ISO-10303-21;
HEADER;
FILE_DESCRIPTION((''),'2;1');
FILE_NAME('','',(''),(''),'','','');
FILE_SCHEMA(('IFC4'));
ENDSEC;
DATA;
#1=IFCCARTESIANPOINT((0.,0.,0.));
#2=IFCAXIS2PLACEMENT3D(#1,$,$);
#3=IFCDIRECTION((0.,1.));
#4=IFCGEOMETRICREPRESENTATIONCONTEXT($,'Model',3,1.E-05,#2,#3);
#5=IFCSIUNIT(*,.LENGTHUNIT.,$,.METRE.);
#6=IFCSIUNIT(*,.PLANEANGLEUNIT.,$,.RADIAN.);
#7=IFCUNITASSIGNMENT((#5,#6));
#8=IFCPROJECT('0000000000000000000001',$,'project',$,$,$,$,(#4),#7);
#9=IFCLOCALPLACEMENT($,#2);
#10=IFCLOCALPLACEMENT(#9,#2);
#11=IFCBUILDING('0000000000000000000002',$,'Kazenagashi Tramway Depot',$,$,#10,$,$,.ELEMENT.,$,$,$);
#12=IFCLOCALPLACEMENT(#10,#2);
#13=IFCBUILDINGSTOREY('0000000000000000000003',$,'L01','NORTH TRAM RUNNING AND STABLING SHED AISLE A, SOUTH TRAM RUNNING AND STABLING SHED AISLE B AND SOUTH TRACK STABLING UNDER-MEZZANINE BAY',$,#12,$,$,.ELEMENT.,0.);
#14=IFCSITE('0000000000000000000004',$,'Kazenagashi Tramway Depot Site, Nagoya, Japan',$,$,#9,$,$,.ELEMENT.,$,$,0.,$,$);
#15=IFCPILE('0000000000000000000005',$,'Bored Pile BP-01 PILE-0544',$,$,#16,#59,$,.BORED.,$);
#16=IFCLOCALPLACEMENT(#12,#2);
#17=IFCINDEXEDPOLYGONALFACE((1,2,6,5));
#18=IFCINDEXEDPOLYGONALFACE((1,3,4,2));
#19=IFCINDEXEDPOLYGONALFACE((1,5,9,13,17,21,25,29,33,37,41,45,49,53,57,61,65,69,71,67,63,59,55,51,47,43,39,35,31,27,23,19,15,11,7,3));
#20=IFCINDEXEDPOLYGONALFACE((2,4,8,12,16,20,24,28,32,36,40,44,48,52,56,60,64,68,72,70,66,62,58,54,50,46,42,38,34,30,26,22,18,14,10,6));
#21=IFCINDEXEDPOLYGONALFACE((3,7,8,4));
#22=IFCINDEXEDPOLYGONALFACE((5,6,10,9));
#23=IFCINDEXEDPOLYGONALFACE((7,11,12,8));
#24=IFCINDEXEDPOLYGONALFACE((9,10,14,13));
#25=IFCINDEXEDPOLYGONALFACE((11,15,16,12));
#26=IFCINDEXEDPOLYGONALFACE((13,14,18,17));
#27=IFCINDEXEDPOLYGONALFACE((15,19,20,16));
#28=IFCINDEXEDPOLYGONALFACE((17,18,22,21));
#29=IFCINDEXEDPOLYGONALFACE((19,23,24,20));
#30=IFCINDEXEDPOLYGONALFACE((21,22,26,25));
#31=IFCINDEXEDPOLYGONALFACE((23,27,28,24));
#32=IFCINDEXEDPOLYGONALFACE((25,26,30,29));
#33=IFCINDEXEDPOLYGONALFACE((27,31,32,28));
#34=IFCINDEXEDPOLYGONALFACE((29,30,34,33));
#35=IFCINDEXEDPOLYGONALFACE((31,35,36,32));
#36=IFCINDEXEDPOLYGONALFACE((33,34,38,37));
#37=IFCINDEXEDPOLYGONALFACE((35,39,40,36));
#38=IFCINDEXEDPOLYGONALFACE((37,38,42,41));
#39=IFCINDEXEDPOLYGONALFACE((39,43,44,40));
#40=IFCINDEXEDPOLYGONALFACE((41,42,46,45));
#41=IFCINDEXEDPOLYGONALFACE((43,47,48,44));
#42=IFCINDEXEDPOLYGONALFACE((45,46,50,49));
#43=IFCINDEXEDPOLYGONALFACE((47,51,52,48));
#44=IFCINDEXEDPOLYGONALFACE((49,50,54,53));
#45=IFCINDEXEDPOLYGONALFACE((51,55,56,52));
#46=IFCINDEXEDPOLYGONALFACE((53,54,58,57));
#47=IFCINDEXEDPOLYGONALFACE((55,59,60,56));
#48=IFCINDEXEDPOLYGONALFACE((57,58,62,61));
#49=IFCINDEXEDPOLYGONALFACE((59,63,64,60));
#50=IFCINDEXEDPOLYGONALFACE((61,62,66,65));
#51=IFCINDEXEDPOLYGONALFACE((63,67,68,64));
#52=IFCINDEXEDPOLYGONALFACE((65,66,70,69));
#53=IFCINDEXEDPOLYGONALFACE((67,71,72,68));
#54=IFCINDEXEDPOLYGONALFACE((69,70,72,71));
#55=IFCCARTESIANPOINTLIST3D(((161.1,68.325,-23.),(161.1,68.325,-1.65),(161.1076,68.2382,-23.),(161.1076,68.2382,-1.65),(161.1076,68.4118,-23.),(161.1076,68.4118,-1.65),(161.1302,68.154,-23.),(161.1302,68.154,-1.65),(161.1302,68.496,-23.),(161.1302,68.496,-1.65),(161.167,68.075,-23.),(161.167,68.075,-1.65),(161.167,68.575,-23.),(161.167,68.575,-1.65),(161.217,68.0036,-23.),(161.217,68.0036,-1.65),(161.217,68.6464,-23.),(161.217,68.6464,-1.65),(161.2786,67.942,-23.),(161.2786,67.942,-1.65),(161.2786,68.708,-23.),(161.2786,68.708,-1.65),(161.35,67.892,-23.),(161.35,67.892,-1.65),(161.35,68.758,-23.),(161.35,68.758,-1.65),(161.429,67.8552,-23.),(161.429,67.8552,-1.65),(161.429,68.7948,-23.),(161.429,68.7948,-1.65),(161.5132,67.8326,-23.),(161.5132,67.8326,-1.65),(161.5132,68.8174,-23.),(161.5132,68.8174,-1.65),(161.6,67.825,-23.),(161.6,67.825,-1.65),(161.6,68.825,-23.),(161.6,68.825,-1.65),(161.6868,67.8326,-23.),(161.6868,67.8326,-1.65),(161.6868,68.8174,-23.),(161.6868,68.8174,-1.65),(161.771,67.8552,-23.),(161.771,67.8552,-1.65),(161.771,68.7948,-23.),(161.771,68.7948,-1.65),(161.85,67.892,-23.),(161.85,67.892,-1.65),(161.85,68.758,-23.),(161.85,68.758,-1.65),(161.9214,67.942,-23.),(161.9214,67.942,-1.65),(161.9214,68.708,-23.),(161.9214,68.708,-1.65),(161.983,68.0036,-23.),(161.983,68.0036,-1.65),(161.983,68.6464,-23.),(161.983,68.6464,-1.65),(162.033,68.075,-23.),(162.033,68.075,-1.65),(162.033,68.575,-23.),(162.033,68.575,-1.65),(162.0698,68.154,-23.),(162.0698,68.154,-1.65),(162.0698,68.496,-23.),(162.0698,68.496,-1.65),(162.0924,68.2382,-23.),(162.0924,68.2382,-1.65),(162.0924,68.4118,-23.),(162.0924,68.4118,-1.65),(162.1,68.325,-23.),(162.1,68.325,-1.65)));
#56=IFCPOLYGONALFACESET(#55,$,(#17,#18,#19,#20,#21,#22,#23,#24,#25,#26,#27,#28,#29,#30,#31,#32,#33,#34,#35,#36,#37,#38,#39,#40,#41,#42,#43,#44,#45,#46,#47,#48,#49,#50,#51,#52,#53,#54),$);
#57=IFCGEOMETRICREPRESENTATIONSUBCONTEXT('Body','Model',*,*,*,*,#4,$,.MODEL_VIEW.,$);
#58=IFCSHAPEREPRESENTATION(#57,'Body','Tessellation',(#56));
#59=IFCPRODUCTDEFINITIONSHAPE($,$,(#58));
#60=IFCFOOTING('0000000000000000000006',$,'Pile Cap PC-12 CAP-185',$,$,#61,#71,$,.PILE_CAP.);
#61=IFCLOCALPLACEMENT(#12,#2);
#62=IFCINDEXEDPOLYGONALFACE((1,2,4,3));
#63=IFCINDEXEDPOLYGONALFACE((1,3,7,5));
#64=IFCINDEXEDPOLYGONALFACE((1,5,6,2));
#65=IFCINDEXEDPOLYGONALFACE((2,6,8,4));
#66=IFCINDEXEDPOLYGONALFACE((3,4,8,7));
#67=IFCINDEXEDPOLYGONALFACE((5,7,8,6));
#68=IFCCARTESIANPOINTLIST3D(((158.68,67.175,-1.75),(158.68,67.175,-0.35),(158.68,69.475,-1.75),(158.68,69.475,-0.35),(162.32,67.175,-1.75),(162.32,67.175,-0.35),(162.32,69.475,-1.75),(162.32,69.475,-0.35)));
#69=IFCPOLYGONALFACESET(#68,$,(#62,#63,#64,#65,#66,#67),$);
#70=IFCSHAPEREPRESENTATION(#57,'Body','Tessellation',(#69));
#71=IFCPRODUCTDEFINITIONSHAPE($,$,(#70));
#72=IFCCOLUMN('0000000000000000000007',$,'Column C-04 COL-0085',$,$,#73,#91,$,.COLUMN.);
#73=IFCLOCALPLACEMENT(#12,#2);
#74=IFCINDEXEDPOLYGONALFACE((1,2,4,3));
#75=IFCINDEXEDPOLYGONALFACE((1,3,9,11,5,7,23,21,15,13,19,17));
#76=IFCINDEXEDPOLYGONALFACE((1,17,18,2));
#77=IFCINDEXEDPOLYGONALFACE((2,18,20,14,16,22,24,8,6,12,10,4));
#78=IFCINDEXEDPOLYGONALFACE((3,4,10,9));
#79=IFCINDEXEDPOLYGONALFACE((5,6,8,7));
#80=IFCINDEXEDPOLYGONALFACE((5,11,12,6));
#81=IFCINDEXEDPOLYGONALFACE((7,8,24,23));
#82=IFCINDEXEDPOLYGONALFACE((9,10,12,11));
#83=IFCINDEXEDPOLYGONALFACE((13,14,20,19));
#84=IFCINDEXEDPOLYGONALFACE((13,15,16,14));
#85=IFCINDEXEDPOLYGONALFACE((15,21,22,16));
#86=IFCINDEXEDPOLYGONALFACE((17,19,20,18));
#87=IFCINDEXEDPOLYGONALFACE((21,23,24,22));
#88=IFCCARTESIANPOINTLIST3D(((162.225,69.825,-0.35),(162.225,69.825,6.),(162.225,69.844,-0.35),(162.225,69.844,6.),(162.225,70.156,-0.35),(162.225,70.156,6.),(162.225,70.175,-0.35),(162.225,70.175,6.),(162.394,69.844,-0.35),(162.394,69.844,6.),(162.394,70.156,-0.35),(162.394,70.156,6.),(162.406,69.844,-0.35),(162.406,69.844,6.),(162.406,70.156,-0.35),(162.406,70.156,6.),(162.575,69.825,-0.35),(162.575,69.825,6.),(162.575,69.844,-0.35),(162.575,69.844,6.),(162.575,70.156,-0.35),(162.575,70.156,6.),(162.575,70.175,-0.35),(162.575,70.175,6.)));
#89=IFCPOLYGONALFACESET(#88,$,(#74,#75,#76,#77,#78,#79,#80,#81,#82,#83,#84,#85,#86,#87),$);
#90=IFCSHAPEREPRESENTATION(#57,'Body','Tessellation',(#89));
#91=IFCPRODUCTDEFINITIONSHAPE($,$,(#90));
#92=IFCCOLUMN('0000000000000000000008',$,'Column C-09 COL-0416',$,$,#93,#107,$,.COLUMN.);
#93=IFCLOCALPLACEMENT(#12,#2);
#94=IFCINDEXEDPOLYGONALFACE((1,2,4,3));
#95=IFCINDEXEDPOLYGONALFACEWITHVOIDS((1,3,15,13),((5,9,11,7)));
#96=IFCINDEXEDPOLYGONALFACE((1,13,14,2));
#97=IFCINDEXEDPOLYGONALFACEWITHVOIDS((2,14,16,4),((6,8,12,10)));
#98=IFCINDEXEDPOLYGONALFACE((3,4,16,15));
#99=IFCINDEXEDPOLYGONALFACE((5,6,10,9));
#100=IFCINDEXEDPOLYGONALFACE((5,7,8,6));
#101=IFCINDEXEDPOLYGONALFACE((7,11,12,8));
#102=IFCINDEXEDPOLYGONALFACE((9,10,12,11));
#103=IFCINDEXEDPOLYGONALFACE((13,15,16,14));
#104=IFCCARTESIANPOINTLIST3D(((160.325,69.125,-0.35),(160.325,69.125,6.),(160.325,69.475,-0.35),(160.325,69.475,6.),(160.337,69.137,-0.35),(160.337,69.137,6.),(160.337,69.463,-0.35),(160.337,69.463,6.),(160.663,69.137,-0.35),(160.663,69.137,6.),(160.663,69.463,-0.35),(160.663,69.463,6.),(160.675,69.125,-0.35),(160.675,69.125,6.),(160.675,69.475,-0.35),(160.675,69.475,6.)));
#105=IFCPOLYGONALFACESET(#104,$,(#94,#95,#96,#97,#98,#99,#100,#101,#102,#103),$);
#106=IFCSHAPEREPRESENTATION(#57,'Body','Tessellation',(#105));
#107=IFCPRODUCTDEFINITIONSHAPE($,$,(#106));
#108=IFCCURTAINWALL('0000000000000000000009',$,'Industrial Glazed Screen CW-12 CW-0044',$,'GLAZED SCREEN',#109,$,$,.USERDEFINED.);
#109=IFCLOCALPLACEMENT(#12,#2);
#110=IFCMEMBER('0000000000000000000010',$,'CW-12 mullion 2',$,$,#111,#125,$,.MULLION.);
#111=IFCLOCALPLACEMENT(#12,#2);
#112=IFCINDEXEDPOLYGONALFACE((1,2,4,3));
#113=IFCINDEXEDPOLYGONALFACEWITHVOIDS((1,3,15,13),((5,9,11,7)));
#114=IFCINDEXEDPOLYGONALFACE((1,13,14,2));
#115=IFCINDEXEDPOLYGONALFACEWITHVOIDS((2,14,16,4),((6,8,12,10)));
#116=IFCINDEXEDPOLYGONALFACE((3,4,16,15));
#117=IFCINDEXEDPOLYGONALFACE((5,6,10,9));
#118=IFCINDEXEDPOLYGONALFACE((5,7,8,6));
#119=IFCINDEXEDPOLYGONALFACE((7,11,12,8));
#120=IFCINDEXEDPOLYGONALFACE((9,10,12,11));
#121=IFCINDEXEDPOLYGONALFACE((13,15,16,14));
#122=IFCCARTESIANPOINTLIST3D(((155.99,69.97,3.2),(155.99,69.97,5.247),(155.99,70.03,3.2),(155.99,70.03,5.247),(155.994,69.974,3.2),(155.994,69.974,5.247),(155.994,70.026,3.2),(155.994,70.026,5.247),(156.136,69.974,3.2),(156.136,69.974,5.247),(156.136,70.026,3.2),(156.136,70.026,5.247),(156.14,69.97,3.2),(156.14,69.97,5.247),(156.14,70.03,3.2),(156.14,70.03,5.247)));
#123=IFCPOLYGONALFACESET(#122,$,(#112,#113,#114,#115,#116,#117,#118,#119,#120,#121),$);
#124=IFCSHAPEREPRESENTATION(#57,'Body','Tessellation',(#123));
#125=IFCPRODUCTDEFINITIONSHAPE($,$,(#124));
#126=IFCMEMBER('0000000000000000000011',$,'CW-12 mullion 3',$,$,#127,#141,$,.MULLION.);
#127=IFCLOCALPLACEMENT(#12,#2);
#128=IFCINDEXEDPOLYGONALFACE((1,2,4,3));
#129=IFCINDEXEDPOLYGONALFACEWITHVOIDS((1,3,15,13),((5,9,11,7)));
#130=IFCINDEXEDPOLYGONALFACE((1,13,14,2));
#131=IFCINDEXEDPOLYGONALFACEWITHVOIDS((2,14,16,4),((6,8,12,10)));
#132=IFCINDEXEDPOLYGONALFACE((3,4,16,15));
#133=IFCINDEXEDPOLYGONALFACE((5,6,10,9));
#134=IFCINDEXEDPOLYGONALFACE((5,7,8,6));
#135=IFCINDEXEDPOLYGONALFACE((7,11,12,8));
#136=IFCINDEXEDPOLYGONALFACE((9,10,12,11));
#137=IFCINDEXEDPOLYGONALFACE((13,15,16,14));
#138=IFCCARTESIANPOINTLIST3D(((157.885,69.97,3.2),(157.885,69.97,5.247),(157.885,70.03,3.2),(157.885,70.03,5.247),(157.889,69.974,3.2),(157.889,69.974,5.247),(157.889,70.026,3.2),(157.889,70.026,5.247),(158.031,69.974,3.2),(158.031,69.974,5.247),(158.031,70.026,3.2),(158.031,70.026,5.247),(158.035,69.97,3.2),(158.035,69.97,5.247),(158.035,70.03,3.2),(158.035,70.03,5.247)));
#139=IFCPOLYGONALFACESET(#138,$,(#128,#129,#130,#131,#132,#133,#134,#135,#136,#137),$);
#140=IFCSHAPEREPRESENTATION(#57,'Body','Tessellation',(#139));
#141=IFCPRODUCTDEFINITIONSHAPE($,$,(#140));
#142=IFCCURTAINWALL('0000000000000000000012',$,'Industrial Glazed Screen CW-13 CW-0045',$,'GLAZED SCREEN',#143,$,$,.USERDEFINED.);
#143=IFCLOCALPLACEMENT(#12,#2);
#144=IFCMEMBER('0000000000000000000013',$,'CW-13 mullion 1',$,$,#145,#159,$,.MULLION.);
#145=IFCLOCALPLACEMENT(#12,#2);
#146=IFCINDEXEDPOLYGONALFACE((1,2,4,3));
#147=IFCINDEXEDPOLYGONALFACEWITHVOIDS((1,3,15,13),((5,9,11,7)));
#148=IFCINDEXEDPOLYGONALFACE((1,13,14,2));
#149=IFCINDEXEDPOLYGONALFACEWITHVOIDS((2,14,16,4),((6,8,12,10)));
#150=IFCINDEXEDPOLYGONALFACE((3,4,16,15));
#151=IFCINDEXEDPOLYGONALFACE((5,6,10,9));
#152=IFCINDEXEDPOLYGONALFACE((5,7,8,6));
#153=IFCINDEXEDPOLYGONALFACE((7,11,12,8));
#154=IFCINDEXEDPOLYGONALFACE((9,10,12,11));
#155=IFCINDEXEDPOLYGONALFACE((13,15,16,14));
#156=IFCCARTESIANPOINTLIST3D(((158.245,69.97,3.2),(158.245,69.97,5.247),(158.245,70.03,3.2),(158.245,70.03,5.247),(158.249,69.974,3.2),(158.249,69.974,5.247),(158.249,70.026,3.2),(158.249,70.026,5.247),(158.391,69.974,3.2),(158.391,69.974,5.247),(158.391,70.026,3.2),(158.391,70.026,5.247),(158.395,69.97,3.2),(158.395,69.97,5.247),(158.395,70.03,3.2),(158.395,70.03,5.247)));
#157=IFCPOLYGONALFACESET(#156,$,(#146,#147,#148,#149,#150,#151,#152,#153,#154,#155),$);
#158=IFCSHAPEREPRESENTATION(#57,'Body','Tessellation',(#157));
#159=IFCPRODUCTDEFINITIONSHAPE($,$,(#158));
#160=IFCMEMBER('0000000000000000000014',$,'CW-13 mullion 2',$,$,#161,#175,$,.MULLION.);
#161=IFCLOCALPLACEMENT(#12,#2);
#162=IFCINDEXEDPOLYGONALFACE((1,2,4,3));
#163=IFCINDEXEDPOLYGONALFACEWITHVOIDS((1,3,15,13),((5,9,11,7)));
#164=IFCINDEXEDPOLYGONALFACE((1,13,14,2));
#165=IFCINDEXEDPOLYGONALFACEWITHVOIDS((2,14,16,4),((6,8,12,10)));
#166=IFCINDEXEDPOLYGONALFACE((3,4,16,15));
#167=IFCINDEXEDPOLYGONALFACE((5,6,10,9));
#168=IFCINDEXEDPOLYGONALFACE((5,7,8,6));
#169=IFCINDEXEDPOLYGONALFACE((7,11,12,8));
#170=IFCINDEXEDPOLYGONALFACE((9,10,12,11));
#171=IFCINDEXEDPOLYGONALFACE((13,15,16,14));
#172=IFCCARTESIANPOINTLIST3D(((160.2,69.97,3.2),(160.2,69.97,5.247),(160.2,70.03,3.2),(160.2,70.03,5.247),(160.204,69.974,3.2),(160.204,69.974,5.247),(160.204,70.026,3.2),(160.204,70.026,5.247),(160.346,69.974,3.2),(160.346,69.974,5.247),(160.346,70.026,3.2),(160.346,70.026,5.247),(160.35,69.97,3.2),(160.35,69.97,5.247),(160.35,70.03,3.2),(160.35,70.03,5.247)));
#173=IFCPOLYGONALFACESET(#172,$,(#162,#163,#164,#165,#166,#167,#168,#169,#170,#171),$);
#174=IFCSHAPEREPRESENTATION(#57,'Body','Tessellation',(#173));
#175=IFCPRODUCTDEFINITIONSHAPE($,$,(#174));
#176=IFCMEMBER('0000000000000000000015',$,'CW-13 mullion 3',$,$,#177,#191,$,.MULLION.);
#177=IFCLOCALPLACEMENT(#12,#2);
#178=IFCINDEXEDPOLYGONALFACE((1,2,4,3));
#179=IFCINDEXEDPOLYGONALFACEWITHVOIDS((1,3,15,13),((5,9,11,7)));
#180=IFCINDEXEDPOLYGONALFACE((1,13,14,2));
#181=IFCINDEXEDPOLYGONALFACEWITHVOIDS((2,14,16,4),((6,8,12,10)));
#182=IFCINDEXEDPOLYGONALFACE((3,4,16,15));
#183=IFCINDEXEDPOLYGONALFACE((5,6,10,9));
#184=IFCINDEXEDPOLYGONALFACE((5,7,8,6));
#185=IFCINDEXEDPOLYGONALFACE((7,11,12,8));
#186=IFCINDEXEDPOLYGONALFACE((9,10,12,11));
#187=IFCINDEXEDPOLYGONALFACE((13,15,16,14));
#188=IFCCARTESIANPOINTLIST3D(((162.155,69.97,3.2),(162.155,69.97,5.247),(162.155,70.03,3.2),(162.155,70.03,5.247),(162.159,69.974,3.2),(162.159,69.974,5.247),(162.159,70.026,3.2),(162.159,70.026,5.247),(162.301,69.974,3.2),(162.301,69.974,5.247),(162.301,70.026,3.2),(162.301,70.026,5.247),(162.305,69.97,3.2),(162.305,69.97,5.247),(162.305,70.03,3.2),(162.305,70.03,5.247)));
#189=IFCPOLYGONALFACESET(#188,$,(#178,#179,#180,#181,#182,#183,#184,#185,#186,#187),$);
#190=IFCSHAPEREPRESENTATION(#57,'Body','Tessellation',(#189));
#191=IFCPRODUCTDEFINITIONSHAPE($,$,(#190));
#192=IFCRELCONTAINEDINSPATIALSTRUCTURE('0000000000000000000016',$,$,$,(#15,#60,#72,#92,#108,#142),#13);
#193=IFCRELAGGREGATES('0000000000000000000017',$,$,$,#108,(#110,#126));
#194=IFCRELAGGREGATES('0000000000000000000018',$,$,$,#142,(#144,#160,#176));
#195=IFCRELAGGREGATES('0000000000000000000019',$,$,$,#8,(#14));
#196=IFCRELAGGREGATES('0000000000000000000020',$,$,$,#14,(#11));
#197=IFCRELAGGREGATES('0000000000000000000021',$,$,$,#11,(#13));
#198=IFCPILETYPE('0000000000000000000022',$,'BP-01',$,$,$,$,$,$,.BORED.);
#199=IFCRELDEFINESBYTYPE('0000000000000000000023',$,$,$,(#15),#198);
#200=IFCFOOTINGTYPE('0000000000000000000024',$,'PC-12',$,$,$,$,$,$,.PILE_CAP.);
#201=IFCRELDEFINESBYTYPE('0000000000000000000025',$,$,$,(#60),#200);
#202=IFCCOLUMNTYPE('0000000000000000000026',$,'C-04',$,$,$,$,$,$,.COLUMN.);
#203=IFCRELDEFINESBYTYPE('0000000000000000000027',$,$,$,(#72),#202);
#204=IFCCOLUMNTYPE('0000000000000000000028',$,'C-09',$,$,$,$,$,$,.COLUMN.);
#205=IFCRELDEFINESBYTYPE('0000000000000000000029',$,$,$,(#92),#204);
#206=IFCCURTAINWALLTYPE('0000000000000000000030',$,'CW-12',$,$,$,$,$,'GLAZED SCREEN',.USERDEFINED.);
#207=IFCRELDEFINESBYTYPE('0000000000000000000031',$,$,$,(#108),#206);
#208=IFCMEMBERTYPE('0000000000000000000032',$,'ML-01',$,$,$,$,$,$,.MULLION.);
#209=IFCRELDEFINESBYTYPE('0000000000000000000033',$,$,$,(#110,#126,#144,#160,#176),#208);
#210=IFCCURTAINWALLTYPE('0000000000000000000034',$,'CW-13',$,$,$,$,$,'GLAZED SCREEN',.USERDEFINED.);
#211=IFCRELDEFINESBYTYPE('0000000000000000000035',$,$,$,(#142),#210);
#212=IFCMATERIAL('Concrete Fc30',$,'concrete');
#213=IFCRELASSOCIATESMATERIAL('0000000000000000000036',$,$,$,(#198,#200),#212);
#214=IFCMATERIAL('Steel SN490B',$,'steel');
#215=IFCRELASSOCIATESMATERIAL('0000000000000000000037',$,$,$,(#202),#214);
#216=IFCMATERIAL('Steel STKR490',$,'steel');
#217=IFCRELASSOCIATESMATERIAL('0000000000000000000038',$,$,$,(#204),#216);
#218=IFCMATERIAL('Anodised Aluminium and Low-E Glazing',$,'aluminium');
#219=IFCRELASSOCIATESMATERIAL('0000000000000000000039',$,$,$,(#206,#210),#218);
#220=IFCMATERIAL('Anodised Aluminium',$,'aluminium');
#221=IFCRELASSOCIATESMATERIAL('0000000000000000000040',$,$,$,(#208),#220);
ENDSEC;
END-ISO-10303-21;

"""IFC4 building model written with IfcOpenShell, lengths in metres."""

from ifc_helpers import new_model, si_unit, direction, frame, origin, origin_2d, place, context, subcontext, project, spatial, rectangle, hollow_rectangle, circle, i_section, extrude, material, material_profile, profile_set, type_object, element, aggregate, save


model = new_model("IFC4")

# Units and contexts
model_context = context("Model", 3, precision=1e-05, world=origin(), true_north=direction((0.0, 1.0)))
body_context = subcontext(model_context, "Body", "Model", "MODEL_VIEW")
ifc_project = project(units=[si_unit("LENGTHUNIT", "METRE"), si_unit("PLANEANGLEUNIT", "RADIAN")], contexts=[model_context])

# Site, building, storey
site_placement = place(None, origin())
site = spatial("IfcSite", under=ifc_project, at=site_placement, Name="Kazenagashi Tramway Depot Site, Nagoya, Japan", CompositionType="ELEMENT", RefElevation=0.0)
building_placement = place(site_placement, origin())
building = spatial("IfcBuilding", under=site, at=building_placement, Name="Kazenagashi Tramway Depot", CompositionType="ELEMENT")
storey_placement = place(building_placement, origin())
storey = spatial("IfcBuildingStorey", under=building, at=storey_placement, Name="L01", Description="NORTH TRAM RUNNING AND STABLING SHED AISLE A, SOUTH TRAM RUNNING AND STABLING SHED AISLE B AND SOUTH TRACK STABLING UNDER-MEZZANINE BAY", CompositionType="ELEMENT", Elevation=0.0)

# Pile
ifc_material_1 = material(Name="Concrete Fc30", Category="concrete")
ifc_material_profile_1 = material_profile(ifc_material_1, circle(Radius=0.5, at=origin_2d()), Name="PILE-1000")
ifc_profile_set_1 = profile_set([ifc_material_profile_1], Name="Concrete Fc30")
pile_type = type_object("IfcPileType", Name="BP-01", PredefinedType="BORED", material=ifc_profile_set_1)
for number, where, z_axis, x_axis, name in (
    (1, (161.6, 68.325, -1.65), (0.0, 0.0, -1.0), (1.0, 0.0, 0.0), "Bored Pile BP-01 PILE-0544"),
):
    element("IfcPile", number, at=place(storey_placement, frame(where, z_axis=z_axis, x_axis=x_axis)), inside=storey, type_object=pile_type, Name=name, PredefinedType="BORED", context=body_context, shape_type="SweptSolid", body=[
        extrude(circle(Radius=0.5, at=origin_2d()), origin(), (0.0, 0.0, 1.0), 21.35),
    ])

# Footing
footing_type = type_object("IfcFootingType", Name="PC-12", PredefinedType="PILE_CAP", material=ifc_material_1)
footing_placement = place(storey_placement, frame((160.5, 68.325, -1.75), z_axis=(0.0, 0.0, 1.0), x_axis=(1.0, 0.0, 0.0)))
element("IfcFooting", 2, at=footing_placement, inside=storey, type_object=footing_type, Name="Pile Cap PC-12 CAP-185", PredefinedType="PILE_CAP", context=body_context, shape_type="SweptSolid", body=[
    extrude(rectangle(XDim=3.64, YDim=2.3, at=origin_2d()), origin(), (0.0, 0.0, 1.0), 1.4),
])

# Columns
ifc_material_2 = material(Name="Steel SN490B", Category="steel")
ifc_material_profile_2 = material_profile(ifc_material_2, i_section(OverallWidth=0.35, OverallDepth=0.35, WebThickness=0.012, FlangeThickness=0.019, at=origin_2d()), Name="H-350x350x12x19")
ifc_profile_set_2 = profile_set([ifc_material_profile_2], Name="Steel SN490B")
column_type_1 = type_object("IfcColumnType", Name="C-04", PredefinedType="COLUMN", material=ifc_profile_set_2)
column_1_placement = place(storey_placement, frame((162.4, 70.0, -0.35), z_axis=(0.0, 0.0, 1.0), x_axis=(1.0, 0.0, 0.0)))
element("IfcColumn", 3, at=column_1_placement, inside=storey, type_object=column_type_1, Name="Column C-04 COL-0085", PredefinedType="COLUMN", context=body_context, shape_type="SweptSolid", body=[
    extrude(i_section(OverallWidth=0.35, OverallDepth=0.35, WebThickness=0.012, FlangeThickness=0.019, at=origin_2d()), origin(), (0.0, 0.0, 1.0), 6.35),
])
ifc_material_3 = material(Name="Steel STKR490", Category="steel")
ifc_material_profile_3 = material_profile(ifc_material_3, hollow_rectangle(XDim=0.35, YDim=0.35, WallThickness=0.012, at=origin_2d()), Name="SHS-350x350x12")
ifc_profile_set_3 = profile_set([ifc_material_profile_3], Name="Steel STKR490")
column_type_2 = type_object("IfcColumnType", Name="C-09", PredefinedType="COLUMN", material=ifc_profile_set_3)
column_2_placement = place(storey_placement, frame((160.5, 69.3, -0.35), z_axis=(0.0, 0.0, 1.0), x_axis=(1.0, 0.0, 0.0)))
element("IfcColumn", 4, at=column_2_placement, inside=storey, type_object=column_type_2, Name="Column C-09 COL-0416", PredefinedType="COLUMN", context=body_context, shape_type="SweptSolid", body=[
    extrude(hollow_rectangle(XDim=0.35, YDim=0.35, WallThickness=0.012, at=origin_2d()), origin(), (0.0, 0.0, 1.0), 6.35),
])

# Curtain walls, members
ifc_material_4 = material(Name="Anodised Aluminium and Low-E Glazing", Category="aluminium")
curtain_wall_type_1 = type_object("IfcCurtainWallType", Name="CW-12", ElementType="GLAZED SCREEN", PredefinedType="USERDEFINED", material=ifc_material_4)
curtain_wall_1_placement = place(storey_placement, origin())
curtain_wall_1 = element("IfcCurtainWall", 5, at=curtain_wall_1_placement, inside=storey, type_object=curtain_wall_type_1, Name="Industrial Glazed Screen CW-12 CW-0044", ObjectType="GLAZED SCREEN", PredefinedType="USERDEFINED")
ifc_material_5 = material(Name="Anodised Aluminium", Category="aluminium")
ifc_material_profile_4 = material_profile(ifc_material_5, hollow_rectangle(XDim=0.06, YDim=0.15, WallThickness=0.004, at=origin_2d()), Name="RHS-150x60x4")
ifc_profile_set_4 = profile_set([ifc_material_profile_4], Name="Anodised Aluminium")
member_type_1 = type_object("IfcMemberType", Name="ML-01", PredefinedType="MULLION", material=ifc_profile_set_4)
member_1_placement = place(storey_placement, frame((156.065, 70.0, 3.2), z_axis=(0.0, 0.0, 1.0), x_axis=(0.0, 1.0, 0.0)))
member_1 = element("IfcMember", 6, at=member_1_placement, type_object=member_type_1, Name="CW-12 mullion 2", PredefinedType="MULLION", context=body_context, shape_type="SweptSolid", body=[
    extrude(hollow_rectangle(XDim=0.06, YDim=0.15, WallThickness=0.004, at=origin_2d()), origin(), (0.0, 0.0, 1.0), 2.047),
])
member_2_placement = place(storey_placement, frame((157.96, 70.0, 3.2), z_axis=(0.0, 0.0, 1.0), x_axis=(0.0, 1.0, 0.0)))
member_2 = element("IfcMember", 7, at=member_2_placement, type_object=member_type_1, Name="CW-12 mullion 3", PredefinedType="MULLION", context=body_context, shape_type="SweptSolid", body=[
    extrude(hollow_rectangle(XDim=0.06, YDim=0.15, WallThickness=0.004, at=origin_2d()), origin(), (0.0, 0.0, 1.0), 2.047),
])
curtain_wall_type_2 = type_object("IfcCurtainWallType", Name="CW-13", ElementType="GLAZED SCREEN", PredefinedType="USERDEFINED", material=ifc_material_4)
curtain_wall_2_placement = place(storey_placement, origin())
curtain_wall_2 = element("IfcCurtainWall", 8, at=curtain_wall_2_placement, inside=storey, type_object=curtain_wall_type_2, Name="Industrial Glazed Screen CW-13 CW-0045", ObjectType="GLAZED SCREEN", PredefinedType="USERDEFINED")
member_3_placement = place(storey_placement, frame((158.32, 70.0, 3.2), z_axis=(0.0, 0.0, 1.0), x_axis=(0.0, 1.0, 0.0)))
member_3 = element("IfcMember", 9, at=member_3_placement, type_object=member_type_1, Name="CW-13 mullion 1", PredefinedType="MULLION", context=body_context, shape_type="SweptSolid", body=[
    extrude(hollow_rectangle(XDim=0.06, YDim=0.15, WallThickness=0.004, at=origin_2d()), origin(), (0.0, 0.0, 1.0), 2.047),
])
member_4_placement = place(storey_placement, frame((160.275, 70.0, 3.2), z_axis=(0.0, 0.0, 1.0), x_axis=(0.0, 1.0, 0.0)))
member_4 = element("IfcMember", 10, at=member_4_placement, type_object=member_type_1, Name="CW-13 mullion 2", PredefinedType="MULLION", context=body_context, shape_type="SweptSolid", body=[
    extrude(hollow_rectangle(XDim=0.06, YDim=0.15, WallThickness=0.004, at=origin_2d()), origin(), (0.0, 0.0, 1.0), 2.047),
])
member_5_placement = place(storey_placement, frame((162.23, 70.0, 3.2), z_axis=(0.0, 0.0, 1.0), x_axis=(0.0, 1.0, 0.0)))
member_5 = element("IfcMember", 11, at=member_5_placement, type_object=member_type_1, Name="CW-13 mullion 3", PredefinedType="MULLION", context=body_context, shape_type="SweptSolid", body=[
    extrude(hollow_rectangle(XDim=0.06, YDim=0.15, WallThickness=0.004, at=origin_2d()), origin(), (0.0, 0.0, 1.0), 2.047),
])

aggregate(curtain_wall_1, [member_1, member_2])
aggregate(curtain_wall_2, [member_3, member_4, member_5])

save(model, "model.ifc")
